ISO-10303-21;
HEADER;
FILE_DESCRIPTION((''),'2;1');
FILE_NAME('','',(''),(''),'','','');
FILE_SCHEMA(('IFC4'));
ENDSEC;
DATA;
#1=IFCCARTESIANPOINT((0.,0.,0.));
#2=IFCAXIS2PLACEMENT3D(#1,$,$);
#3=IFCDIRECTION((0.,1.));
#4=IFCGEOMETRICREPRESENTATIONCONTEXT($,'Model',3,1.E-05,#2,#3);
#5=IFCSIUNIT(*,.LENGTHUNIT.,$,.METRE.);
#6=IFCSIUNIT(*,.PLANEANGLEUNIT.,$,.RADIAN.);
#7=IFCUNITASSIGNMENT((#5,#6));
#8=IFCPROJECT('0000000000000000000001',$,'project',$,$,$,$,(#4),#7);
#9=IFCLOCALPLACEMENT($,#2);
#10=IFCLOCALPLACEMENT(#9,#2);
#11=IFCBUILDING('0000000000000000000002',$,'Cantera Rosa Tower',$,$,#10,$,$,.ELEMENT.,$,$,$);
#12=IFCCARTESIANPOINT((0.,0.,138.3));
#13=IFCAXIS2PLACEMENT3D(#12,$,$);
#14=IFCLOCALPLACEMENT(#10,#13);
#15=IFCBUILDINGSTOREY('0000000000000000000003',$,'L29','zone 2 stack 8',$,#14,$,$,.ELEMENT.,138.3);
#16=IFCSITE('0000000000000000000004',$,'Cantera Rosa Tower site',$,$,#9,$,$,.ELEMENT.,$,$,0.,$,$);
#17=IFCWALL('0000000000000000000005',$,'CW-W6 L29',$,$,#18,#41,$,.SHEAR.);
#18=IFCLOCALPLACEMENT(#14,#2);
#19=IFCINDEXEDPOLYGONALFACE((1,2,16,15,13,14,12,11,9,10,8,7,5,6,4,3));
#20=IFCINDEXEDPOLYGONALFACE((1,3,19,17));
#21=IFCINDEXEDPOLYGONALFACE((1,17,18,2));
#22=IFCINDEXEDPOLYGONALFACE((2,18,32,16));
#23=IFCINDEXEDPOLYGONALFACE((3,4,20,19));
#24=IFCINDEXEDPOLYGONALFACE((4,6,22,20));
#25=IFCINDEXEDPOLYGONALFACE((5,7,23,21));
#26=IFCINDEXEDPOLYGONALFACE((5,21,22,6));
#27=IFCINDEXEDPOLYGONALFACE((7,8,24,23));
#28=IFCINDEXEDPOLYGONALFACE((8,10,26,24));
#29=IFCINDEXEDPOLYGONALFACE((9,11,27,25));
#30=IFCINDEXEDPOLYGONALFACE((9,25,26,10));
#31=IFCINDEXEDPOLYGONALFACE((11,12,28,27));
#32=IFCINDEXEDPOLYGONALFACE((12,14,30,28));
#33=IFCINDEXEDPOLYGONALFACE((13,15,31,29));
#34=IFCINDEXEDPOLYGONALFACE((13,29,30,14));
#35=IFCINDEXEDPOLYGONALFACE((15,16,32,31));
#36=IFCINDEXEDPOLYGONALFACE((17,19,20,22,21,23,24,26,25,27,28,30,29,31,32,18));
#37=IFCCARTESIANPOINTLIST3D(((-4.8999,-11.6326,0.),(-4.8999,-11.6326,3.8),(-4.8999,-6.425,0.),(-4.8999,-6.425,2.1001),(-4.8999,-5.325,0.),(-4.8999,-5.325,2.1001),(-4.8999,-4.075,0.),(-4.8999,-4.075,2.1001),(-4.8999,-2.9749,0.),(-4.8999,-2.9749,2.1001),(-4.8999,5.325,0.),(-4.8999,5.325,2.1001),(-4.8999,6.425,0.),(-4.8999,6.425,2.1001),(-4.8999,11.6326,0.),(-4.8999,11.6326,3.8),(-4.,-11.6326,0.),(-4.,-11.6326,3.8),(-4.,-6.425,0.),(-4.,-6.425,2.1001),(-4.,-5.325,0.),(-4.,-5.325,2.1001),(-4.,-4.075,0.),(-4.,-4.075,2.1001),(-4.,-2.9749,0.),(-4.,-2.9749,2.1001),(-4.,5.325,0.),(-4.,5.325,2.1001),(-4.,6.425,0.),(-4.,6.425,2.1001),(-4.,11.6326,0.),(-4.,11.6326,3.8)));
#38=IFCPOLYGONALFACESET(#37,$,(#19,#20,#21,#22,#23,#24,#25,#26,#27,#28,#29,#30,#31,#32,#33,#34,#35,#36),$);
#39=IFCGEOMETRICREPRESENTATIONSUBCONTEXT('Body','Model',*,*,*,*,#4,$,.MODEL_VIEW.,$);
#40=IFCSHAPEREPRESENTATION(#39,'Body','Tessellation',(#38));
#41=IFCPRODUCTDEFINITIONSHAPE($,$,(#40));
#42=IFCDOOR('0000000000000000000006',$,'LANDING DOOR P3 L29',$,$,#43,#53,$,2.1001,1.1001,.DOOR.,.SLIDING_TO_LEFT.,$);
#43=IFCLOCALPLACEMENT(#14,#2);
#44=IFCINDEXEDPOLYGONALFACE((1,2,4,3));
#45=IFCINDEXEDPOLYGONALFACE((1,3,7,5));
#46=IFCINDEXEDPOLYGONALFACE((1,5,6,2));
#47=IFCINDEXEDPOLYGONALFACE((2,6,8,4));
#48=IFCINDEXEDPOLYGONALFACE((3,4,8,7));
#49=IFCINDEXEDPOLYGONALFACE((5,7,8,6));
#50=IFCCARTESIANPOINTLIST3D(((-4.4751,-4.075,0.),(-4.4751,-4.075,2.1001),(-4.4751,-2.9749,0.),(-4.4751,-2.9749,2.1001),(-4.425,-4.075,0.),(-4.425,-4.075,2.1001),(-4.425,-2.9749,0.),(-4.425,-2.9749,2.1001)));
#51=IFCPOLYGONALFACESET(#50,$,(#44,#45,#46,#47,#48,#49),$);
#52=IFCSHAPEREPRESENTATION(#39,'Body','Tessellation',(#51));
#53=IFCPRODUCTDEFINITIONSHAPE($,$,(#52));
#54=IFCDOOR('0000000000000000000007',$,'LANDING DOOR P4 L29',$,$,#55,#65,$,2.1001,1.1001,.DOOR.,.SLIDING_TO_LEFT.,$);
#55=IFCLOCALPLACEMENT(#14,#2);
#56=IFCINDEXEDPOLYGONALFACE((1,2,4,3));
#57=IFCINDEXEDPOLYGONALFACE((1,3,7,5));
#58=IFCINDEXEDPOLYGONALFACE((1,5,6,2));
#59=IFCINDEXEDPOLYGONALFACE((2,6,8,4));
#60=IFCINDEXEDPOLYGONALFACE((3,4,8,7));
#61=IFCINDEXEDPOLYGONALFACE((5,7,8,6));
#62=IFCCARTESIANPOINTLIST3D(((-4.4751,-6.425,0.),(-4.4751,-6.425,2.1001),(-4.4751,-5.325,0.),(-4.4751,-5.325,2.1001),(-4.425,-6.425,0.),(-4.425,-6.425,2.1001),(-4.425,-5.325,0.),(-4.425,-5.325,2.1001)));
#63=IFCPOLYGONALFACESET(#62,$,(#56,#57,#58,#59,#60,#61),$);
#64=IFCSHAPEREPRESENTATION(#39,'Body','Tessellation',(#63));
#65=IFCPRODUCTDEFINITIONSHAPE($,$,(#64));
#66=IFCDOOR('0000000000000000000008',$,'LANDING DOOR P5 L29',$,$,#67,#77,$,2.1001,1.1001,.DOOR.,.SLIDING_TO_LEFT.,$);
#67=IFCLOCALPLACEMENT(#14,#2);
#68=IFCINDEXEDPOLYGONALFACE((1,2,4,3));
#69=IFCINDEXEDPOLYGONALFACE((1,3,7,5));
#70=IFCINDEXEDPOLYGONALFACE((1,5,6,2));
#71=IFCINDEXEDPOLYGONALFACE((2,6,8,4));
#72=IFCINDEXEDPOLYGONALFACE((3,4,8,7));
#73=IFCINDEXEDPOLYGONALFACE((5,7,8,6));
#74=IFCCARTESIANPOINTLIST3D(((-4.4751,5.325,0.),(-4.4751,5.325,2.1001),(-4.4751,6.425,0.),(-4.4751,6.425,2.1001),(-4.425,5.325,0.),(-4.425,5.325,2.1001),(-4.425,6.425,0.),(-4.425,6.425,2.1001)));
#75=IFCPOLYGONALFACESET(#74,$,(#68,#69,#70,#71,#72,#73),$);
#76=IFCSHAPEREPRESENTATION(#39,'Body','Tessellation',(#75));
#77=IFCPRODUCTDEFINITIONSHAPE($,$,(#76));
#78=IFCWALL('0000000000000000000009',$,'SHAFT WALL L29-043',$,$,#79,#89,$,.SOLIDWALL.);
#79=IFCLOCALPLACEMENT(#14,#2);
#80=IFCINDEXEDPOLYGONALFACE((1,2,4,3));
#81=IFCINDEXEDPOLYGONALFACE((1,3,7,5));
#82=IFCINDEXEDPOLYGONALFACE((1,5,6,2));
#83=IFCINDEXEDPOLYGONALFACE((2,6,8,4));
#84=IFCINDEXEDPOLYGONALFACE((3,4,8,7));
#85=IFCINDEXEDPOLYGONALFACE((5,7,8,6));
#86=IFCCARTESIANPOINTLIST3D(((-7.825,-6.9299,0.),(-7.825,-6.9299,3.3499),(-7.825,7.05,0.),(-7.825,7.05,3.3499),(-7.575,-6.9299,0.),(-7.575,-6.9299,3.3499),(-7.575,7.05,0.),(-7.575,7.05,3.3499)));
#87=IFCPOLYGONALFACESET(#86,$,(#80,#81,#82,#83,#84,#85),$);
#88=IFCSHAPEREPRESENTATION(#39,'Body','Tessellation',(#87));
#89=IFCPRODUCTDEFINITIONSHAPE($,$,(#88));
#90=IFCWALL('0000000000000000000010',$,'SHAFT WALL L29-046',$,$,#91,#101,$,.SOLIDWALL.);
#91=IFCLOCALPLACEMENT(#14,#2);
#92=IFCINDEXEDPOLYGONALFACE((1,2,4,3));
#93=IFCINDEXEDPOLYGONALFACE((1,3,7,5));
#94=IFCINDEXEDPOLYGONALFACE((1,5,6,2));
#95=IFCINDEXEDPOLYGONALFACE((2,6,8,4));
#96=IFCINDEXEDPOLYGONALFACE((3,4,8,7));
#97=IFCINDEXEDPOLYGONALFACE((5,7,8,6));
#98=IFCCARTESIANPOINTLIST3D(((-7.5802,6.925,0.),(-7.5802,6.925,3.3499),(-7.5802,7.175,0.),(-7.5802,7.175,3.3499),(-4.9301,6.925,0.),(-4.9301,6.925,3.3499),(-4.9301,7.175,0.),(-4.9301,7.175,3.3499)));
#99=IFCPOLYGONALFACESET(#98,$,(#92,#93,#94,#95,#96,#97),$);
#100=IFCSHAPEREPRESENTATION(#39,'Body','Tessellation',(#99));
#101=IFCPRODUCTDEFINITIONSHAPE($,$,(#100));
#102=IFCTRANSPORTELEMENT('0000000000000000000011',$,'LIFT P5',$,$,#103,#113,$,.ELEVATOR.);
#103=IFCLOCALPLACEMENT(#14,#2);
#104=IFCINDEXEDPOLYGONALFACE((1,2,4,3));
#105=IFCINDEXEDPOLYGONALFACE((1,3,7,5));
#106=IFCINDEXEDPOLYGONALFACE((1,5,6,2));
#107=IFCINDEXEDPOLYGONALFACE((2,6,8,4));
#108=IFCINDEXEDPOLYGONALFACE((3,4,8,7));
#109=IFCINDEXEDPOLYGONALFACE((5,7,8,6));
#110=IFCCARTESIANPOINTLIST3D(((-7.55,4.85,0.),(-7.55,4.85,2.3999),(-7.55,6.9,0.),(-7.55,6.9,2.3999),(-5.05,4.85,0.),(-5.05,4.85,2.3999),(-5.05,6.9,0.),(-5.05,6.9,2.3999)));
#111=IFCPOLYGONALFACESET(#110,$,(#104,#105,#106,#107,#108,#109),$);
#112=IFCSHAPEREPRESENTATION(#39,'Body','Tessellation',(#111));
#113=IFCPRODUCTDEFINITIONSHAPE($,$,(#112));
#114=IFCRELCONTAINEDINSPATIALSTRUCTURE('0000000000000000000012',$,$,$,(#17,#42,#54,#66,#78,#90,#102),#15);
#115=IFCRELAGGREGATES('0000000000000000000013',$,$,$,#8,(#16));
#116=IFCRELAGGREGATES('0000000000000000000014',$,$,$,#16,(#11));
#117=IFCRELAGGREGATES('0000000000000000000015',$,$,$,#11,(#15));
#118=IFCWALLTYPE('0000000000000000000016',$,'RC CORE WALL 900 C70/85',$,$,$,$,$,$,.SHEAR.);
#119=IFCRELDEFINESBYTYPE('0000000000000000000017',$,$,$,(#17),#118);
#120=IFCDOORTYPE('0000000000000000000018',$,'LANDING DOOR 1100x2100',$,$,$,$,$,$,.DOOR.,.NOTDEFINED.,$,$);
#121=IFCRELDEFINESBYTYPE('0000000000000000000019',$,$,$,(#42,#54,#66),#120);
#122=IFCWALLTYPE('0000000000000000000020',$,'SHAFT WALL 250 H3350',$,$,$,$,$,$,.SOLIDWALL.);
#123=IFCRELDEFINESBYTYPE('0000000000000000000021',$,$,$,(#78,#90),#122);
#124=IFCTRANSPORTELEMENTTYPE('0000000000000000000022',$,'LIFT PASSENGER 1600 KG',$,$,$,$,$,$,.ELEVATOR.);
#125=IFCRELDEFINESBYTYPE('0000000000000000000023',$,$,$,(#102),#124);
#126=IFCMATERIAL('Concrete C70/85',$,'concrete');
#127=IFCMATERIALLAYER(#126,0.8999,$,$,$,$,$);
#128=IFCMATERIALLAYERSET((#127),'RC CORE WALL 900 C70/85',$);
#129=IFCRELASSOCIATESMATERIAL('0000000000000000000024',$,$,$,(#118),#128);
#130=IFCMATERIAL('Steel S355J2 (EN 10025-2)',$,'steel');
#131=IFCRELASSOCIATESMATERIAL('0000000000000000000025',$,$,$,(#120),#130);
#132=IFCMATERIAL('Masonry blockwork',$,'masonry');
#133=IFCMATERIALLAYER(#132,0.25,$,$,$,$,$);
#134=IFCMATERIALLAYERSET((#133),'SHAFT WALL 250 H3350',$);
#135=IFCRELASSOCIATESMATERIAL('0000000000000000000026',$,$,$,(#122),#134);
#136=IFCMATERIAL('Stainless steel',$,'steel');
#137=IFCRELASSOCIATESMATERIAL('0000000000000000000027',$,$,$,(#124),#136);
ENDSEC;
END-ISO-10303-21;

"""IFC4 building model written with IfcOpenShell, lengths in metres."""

from ifc_helpers import new_model, si_unit, direction, frame, frame_2d, origin, origin_2d, place, context, subcontext, project, spatial, rectangle, extrude, material, layer, layer_set, type_object, element, fill, save


model = new_model("IFC4")

# Units and contexts
model_context = context("Model", 3, precision=1e-05, world=origin(), true_north=direction((0.0, 1.0)))
body_context = subcontext(model_context, "Body", "Model", "MODEL_VIEW")
ifc_project = project(units=[si_unit("LENGTHUNIT", "METRE"), si_unit("PLANEANGLEUNIT", "RADIAN")], contexts=[model_context])

# Site, building, storey
site_placement = place(None, origin())
site = spatial("IfcSite", under=ifc_project, at=site_placement, Name="Cantera Rosa Tower site", CompositionType="ELEMENT", RefElevation=0.0)
building_placement = place(site_placement, origin())
building = spatial("IfcBuilding", under=site, at=building_placement, Name="Cantera Rosa Tower", CompositionType="ELEMENT")
storey_placement = place(building_placement, frame((0.0, 0.0, 138.3)))
storey = spatial("IfcBuildingStorey", under=building, at=storey_placement, Name="L29", Description="zone 2 stack 8", CompositionType="ELEMENT", Elevation=138.3)

# Shared definitions
ifc_material_1 = material(Name="Concrete C70/85", Category="concrete")
ifc_layer_1 = layer(ifc_material_1, 0.8999)
ifc_layer_set_1 = layer_set([ifc_layer_1], Name="RC CORE WALL 900 C70/85")
wall_type_1 = type_object("IfcWallType", Name="RC CORE WALL 900 C70/85", PredefinedType="SHEAR", material=ifc_layer_set_1)

# Wall, openings, doors
wall_1_placement = place(storey_placement, frame((-4.45, 11.6326, 0.0), z_axis=(0.0, 0.0, 1.0), x_axis=(0.0, -1.0, 0.0)))
wall_1 = element("IfcWall", 1, at=wall_1_placement, inside=storey, type_object=wall_type_1, Name="CW-W6 L29", PredefinedType="SHEAR", context=body_context, shape_type="SweptSolid", body=[
    extrude(rectangle(XDim=23.2651, YDim=0.8999, at=frame_2d((11.6326, 0.0))), origin(), (0.0, 0.0, 1.0), 3.8),
])
opening_1_placement = place(wall_1_placement, frame((14.6074, 0.0, 0.0)))
opening_1 = element("IfcOpeningElement", 2, at=opening_1_placement, cuts=wall_1, PredefinedType="OPENING", context=body_context, shape_type="SweptSolid", body=[
    extrude(rectangle(XDim=1.1001, YDim=2.1001, at=frame_2d((0.55, 1.05))), frame((0.0, 0.46, 0.0), z_axis=(0.0, -1.0, 0.0), x_axis=(1.0, 0.0, 0.0)), (0.0, 0.0, 1.0), 0.9199),
])
opening_2_placement = place(wall_1_placement, frame((16.9575, 0.0, 0.0)))
opening_2 = element("IfcOpeningElement", 3, at=opening_2_placement, cuts=wall_1, PredefinedType="OPENING", context=body_context, shape_type="SweptSolid", body=[
    extrude(rectangle(XDim=1.1001, YDim=2.1001, at=frame_2d((0.55, 1.05))), frame((0.0, 0.46, 0.0), z_axis=(0.0, -1.0, 0.0), x_axis=(1.0, 0.0, 0.0)), (0.0, 0.0, 1.0), 0.9199),
])
opening_3_placement = place(wall_1_placement, frame((5.2075, 0.0, 0.0)))
opening_3 = element("IfcOpeningElement", 4, at=opening_3_placement, cuts=wall_1, PredefinedType="OPENING", context=body_context, shape_type="SweptSolid", body=[
    extrude(rectangle(XDim=1.1001, YDim=2.1001, at=frame_2d((0.55, 1.05))), frame((0.0, 0.46, 0.0), z_axis=(0.0, -1.0, 0.0), x_axis=(1.0, 0.0, 0.0)), (0.0, 0.0, 1.0), 0.9199),
])
ifc_material_2 = material(Name="Steel S355J2 (EN 10025-2)", Category="steel")
door_type_1 = type_object("IfcDoorType", Name="LANDING DOOR 1100x2100", OperationType="NOTDEFINED", PredefinedType="DOOR", material=ifc_material_2)
door_1_placement = place(opening_1_placement, origin())
door_1 = element("IfcDoor", 5, at=door_1_placement, inside=storey, type_object=door_type_1, Name="LANDING DOOR P3 L29", OperationType="SLIDING_TO_LEFT", OverallHeight=2.1001, OverallWidth=1.1001, PredefinedType="DOOR", context=body_context, shape_type="SweptSolid", body=[
    extrude(rectangle(XDim=1.1001, YDim=2.1001, at=frame_2d((0.55, 1.05))), frame((0.0, 0.0249, 0.0), z_axis=(0.0, -1.0, 0.0), x_axis=(1.0, 0.0, 0.0)), (0.0, 0.0, 1.0), 0.05),
])
fill(opening_1, door_1)
door_2_placement = place(opening_2_placement, origin())
door_2 = element("IfcDoor", 6, at=door_2_placement, inside=storey, type_object=door_type_1, Name="LANDING DOOR P4 L29", OperationType="SLIDING_TO_LEFT", OverallHeight=2.1001, OverallWidth=1.1001, PredefinedType="DOOR", context=body_context, shape_type="SweptSolid", body=[
    extrude(rectangle(XDim=1.1001, YDim=2.1001, at=frame_2d((0.55, 1.05))), frame((0.0, 0.0249, 0.0), z_axis=(0.0, -1.0, 0.0), x_axis=(1.0, 0.0, 0.0)), (0.0, 0.0, 1.0), 0.05),
])
fill(opening_2, door_2)
door_3_placement = place(opening_3_placement, origin())
door_3 = element("IfcDoor", 7, at=door_3_placement, inside=storey, type_object=door_type_1, Name="LANDING DOOR P5 L29", OperationType="SLIDING_TO_LEFT", OverallHeight=2.1001, OverallWidth=1.1001, PredefinedType="DOOR", context=body_context, shape_type="SweptSolid", body=[
    extrude(rectangle(XDim=1.1001, YDim=2.1001, at=frame_2d((0.55, 1.05))), frame((0.0, 0.0249, 0.0), z_axis=(0.0, -1.0, 0.0), x_axis=(1.0, 0.0, 0.0)), (0.0, 0.0, 1.0), 0.05),
])
fill(opening_3, door_3)

# Walls
ifc_material_3 = material(Name="Masonry blockwork", Category="masonry")
ifc_layer_2 = layer(ifc_material_3, 0.25)
ifc_layer_set_2 = layer_set([ifc_layer_2], Name="SHAFT WALL 250 H3350")
wall_type_2 = type_object("IfcWallType", Name="SHAFT WALL 250 H3350", PredefinedType="SOLIDWALL", material=ifc_layer_set_2)
wall_2_placement = place(storey_placement, frame((-7.7, 7.05, 0.0), z_axis=(0.0, 0.0, 1.0), x_axis=(0.0, -1.0, 0.0)))
element("IfcWall", 8, at=wall_2_placement, inside=storey, type_object=wall_type_2, Name="SHAFT WALL L29-043", PredefinedType="SOLIDWALL", context=body_context, shape_type="SweptSolid", body=[
    extrude(rectangle(XDim=13.98, YDim=0.25, at=frame_2d((6.99, 0.0))), origin(), (0.0, 0.0, 1.0), 3.3499),
])
wall_3_placement = place(storey_placement, frame((-4.9299, 7.05, 0.0), z_axis=(0.0, 0.0, 1.0), x_axis=(-1.0, 0.0, 0.0)))
element("IfcWall", 9, at=wall_3_placement, inside=storey, type_object=wall_type_2, Name="SHAFT WALL L29-046", PredefinedType="SOLIDWALL", context=body_context, shape_type="SweptSolid", body=[
    extrude(rectangle(XDim=2.6501, YDim=0.25, at=frame_2d((1.3252, 0.0))), origin(), (0.0, 0.0, 1.0), 3.3499),
])

# Transport element
ifc_material_4 = material(Name="Stainless steel", Category="steel")
transport_element_type = type_object("IfcTransportElementType", Name="LIFT PASSENGER 1600 KG", PredefinedType="ELEVATOR", material=ifc_material_4)
transport_element_placement = place(storey_placement, frame((-6.3, 5.875, 0.0), z_axis=(0.0, 0.0, 1.0), x_axis=(1.0, 0.0, 0.0)))
element("IfcTransportElement", 10, at=transport_element_placement, inside=storey, type_object=transport_element_type, Name="LIFT P5", PredefinedType="ELEVATOR", context=body_context, shape_type="SweptSolid", body=[
    extrude(rectangle(XDim=2.5, YDim=2.05, at=origin_2d()), origin(), (0.0, 0.0, 1.0), 2.3999),
])

save(model, "model.ifc")
